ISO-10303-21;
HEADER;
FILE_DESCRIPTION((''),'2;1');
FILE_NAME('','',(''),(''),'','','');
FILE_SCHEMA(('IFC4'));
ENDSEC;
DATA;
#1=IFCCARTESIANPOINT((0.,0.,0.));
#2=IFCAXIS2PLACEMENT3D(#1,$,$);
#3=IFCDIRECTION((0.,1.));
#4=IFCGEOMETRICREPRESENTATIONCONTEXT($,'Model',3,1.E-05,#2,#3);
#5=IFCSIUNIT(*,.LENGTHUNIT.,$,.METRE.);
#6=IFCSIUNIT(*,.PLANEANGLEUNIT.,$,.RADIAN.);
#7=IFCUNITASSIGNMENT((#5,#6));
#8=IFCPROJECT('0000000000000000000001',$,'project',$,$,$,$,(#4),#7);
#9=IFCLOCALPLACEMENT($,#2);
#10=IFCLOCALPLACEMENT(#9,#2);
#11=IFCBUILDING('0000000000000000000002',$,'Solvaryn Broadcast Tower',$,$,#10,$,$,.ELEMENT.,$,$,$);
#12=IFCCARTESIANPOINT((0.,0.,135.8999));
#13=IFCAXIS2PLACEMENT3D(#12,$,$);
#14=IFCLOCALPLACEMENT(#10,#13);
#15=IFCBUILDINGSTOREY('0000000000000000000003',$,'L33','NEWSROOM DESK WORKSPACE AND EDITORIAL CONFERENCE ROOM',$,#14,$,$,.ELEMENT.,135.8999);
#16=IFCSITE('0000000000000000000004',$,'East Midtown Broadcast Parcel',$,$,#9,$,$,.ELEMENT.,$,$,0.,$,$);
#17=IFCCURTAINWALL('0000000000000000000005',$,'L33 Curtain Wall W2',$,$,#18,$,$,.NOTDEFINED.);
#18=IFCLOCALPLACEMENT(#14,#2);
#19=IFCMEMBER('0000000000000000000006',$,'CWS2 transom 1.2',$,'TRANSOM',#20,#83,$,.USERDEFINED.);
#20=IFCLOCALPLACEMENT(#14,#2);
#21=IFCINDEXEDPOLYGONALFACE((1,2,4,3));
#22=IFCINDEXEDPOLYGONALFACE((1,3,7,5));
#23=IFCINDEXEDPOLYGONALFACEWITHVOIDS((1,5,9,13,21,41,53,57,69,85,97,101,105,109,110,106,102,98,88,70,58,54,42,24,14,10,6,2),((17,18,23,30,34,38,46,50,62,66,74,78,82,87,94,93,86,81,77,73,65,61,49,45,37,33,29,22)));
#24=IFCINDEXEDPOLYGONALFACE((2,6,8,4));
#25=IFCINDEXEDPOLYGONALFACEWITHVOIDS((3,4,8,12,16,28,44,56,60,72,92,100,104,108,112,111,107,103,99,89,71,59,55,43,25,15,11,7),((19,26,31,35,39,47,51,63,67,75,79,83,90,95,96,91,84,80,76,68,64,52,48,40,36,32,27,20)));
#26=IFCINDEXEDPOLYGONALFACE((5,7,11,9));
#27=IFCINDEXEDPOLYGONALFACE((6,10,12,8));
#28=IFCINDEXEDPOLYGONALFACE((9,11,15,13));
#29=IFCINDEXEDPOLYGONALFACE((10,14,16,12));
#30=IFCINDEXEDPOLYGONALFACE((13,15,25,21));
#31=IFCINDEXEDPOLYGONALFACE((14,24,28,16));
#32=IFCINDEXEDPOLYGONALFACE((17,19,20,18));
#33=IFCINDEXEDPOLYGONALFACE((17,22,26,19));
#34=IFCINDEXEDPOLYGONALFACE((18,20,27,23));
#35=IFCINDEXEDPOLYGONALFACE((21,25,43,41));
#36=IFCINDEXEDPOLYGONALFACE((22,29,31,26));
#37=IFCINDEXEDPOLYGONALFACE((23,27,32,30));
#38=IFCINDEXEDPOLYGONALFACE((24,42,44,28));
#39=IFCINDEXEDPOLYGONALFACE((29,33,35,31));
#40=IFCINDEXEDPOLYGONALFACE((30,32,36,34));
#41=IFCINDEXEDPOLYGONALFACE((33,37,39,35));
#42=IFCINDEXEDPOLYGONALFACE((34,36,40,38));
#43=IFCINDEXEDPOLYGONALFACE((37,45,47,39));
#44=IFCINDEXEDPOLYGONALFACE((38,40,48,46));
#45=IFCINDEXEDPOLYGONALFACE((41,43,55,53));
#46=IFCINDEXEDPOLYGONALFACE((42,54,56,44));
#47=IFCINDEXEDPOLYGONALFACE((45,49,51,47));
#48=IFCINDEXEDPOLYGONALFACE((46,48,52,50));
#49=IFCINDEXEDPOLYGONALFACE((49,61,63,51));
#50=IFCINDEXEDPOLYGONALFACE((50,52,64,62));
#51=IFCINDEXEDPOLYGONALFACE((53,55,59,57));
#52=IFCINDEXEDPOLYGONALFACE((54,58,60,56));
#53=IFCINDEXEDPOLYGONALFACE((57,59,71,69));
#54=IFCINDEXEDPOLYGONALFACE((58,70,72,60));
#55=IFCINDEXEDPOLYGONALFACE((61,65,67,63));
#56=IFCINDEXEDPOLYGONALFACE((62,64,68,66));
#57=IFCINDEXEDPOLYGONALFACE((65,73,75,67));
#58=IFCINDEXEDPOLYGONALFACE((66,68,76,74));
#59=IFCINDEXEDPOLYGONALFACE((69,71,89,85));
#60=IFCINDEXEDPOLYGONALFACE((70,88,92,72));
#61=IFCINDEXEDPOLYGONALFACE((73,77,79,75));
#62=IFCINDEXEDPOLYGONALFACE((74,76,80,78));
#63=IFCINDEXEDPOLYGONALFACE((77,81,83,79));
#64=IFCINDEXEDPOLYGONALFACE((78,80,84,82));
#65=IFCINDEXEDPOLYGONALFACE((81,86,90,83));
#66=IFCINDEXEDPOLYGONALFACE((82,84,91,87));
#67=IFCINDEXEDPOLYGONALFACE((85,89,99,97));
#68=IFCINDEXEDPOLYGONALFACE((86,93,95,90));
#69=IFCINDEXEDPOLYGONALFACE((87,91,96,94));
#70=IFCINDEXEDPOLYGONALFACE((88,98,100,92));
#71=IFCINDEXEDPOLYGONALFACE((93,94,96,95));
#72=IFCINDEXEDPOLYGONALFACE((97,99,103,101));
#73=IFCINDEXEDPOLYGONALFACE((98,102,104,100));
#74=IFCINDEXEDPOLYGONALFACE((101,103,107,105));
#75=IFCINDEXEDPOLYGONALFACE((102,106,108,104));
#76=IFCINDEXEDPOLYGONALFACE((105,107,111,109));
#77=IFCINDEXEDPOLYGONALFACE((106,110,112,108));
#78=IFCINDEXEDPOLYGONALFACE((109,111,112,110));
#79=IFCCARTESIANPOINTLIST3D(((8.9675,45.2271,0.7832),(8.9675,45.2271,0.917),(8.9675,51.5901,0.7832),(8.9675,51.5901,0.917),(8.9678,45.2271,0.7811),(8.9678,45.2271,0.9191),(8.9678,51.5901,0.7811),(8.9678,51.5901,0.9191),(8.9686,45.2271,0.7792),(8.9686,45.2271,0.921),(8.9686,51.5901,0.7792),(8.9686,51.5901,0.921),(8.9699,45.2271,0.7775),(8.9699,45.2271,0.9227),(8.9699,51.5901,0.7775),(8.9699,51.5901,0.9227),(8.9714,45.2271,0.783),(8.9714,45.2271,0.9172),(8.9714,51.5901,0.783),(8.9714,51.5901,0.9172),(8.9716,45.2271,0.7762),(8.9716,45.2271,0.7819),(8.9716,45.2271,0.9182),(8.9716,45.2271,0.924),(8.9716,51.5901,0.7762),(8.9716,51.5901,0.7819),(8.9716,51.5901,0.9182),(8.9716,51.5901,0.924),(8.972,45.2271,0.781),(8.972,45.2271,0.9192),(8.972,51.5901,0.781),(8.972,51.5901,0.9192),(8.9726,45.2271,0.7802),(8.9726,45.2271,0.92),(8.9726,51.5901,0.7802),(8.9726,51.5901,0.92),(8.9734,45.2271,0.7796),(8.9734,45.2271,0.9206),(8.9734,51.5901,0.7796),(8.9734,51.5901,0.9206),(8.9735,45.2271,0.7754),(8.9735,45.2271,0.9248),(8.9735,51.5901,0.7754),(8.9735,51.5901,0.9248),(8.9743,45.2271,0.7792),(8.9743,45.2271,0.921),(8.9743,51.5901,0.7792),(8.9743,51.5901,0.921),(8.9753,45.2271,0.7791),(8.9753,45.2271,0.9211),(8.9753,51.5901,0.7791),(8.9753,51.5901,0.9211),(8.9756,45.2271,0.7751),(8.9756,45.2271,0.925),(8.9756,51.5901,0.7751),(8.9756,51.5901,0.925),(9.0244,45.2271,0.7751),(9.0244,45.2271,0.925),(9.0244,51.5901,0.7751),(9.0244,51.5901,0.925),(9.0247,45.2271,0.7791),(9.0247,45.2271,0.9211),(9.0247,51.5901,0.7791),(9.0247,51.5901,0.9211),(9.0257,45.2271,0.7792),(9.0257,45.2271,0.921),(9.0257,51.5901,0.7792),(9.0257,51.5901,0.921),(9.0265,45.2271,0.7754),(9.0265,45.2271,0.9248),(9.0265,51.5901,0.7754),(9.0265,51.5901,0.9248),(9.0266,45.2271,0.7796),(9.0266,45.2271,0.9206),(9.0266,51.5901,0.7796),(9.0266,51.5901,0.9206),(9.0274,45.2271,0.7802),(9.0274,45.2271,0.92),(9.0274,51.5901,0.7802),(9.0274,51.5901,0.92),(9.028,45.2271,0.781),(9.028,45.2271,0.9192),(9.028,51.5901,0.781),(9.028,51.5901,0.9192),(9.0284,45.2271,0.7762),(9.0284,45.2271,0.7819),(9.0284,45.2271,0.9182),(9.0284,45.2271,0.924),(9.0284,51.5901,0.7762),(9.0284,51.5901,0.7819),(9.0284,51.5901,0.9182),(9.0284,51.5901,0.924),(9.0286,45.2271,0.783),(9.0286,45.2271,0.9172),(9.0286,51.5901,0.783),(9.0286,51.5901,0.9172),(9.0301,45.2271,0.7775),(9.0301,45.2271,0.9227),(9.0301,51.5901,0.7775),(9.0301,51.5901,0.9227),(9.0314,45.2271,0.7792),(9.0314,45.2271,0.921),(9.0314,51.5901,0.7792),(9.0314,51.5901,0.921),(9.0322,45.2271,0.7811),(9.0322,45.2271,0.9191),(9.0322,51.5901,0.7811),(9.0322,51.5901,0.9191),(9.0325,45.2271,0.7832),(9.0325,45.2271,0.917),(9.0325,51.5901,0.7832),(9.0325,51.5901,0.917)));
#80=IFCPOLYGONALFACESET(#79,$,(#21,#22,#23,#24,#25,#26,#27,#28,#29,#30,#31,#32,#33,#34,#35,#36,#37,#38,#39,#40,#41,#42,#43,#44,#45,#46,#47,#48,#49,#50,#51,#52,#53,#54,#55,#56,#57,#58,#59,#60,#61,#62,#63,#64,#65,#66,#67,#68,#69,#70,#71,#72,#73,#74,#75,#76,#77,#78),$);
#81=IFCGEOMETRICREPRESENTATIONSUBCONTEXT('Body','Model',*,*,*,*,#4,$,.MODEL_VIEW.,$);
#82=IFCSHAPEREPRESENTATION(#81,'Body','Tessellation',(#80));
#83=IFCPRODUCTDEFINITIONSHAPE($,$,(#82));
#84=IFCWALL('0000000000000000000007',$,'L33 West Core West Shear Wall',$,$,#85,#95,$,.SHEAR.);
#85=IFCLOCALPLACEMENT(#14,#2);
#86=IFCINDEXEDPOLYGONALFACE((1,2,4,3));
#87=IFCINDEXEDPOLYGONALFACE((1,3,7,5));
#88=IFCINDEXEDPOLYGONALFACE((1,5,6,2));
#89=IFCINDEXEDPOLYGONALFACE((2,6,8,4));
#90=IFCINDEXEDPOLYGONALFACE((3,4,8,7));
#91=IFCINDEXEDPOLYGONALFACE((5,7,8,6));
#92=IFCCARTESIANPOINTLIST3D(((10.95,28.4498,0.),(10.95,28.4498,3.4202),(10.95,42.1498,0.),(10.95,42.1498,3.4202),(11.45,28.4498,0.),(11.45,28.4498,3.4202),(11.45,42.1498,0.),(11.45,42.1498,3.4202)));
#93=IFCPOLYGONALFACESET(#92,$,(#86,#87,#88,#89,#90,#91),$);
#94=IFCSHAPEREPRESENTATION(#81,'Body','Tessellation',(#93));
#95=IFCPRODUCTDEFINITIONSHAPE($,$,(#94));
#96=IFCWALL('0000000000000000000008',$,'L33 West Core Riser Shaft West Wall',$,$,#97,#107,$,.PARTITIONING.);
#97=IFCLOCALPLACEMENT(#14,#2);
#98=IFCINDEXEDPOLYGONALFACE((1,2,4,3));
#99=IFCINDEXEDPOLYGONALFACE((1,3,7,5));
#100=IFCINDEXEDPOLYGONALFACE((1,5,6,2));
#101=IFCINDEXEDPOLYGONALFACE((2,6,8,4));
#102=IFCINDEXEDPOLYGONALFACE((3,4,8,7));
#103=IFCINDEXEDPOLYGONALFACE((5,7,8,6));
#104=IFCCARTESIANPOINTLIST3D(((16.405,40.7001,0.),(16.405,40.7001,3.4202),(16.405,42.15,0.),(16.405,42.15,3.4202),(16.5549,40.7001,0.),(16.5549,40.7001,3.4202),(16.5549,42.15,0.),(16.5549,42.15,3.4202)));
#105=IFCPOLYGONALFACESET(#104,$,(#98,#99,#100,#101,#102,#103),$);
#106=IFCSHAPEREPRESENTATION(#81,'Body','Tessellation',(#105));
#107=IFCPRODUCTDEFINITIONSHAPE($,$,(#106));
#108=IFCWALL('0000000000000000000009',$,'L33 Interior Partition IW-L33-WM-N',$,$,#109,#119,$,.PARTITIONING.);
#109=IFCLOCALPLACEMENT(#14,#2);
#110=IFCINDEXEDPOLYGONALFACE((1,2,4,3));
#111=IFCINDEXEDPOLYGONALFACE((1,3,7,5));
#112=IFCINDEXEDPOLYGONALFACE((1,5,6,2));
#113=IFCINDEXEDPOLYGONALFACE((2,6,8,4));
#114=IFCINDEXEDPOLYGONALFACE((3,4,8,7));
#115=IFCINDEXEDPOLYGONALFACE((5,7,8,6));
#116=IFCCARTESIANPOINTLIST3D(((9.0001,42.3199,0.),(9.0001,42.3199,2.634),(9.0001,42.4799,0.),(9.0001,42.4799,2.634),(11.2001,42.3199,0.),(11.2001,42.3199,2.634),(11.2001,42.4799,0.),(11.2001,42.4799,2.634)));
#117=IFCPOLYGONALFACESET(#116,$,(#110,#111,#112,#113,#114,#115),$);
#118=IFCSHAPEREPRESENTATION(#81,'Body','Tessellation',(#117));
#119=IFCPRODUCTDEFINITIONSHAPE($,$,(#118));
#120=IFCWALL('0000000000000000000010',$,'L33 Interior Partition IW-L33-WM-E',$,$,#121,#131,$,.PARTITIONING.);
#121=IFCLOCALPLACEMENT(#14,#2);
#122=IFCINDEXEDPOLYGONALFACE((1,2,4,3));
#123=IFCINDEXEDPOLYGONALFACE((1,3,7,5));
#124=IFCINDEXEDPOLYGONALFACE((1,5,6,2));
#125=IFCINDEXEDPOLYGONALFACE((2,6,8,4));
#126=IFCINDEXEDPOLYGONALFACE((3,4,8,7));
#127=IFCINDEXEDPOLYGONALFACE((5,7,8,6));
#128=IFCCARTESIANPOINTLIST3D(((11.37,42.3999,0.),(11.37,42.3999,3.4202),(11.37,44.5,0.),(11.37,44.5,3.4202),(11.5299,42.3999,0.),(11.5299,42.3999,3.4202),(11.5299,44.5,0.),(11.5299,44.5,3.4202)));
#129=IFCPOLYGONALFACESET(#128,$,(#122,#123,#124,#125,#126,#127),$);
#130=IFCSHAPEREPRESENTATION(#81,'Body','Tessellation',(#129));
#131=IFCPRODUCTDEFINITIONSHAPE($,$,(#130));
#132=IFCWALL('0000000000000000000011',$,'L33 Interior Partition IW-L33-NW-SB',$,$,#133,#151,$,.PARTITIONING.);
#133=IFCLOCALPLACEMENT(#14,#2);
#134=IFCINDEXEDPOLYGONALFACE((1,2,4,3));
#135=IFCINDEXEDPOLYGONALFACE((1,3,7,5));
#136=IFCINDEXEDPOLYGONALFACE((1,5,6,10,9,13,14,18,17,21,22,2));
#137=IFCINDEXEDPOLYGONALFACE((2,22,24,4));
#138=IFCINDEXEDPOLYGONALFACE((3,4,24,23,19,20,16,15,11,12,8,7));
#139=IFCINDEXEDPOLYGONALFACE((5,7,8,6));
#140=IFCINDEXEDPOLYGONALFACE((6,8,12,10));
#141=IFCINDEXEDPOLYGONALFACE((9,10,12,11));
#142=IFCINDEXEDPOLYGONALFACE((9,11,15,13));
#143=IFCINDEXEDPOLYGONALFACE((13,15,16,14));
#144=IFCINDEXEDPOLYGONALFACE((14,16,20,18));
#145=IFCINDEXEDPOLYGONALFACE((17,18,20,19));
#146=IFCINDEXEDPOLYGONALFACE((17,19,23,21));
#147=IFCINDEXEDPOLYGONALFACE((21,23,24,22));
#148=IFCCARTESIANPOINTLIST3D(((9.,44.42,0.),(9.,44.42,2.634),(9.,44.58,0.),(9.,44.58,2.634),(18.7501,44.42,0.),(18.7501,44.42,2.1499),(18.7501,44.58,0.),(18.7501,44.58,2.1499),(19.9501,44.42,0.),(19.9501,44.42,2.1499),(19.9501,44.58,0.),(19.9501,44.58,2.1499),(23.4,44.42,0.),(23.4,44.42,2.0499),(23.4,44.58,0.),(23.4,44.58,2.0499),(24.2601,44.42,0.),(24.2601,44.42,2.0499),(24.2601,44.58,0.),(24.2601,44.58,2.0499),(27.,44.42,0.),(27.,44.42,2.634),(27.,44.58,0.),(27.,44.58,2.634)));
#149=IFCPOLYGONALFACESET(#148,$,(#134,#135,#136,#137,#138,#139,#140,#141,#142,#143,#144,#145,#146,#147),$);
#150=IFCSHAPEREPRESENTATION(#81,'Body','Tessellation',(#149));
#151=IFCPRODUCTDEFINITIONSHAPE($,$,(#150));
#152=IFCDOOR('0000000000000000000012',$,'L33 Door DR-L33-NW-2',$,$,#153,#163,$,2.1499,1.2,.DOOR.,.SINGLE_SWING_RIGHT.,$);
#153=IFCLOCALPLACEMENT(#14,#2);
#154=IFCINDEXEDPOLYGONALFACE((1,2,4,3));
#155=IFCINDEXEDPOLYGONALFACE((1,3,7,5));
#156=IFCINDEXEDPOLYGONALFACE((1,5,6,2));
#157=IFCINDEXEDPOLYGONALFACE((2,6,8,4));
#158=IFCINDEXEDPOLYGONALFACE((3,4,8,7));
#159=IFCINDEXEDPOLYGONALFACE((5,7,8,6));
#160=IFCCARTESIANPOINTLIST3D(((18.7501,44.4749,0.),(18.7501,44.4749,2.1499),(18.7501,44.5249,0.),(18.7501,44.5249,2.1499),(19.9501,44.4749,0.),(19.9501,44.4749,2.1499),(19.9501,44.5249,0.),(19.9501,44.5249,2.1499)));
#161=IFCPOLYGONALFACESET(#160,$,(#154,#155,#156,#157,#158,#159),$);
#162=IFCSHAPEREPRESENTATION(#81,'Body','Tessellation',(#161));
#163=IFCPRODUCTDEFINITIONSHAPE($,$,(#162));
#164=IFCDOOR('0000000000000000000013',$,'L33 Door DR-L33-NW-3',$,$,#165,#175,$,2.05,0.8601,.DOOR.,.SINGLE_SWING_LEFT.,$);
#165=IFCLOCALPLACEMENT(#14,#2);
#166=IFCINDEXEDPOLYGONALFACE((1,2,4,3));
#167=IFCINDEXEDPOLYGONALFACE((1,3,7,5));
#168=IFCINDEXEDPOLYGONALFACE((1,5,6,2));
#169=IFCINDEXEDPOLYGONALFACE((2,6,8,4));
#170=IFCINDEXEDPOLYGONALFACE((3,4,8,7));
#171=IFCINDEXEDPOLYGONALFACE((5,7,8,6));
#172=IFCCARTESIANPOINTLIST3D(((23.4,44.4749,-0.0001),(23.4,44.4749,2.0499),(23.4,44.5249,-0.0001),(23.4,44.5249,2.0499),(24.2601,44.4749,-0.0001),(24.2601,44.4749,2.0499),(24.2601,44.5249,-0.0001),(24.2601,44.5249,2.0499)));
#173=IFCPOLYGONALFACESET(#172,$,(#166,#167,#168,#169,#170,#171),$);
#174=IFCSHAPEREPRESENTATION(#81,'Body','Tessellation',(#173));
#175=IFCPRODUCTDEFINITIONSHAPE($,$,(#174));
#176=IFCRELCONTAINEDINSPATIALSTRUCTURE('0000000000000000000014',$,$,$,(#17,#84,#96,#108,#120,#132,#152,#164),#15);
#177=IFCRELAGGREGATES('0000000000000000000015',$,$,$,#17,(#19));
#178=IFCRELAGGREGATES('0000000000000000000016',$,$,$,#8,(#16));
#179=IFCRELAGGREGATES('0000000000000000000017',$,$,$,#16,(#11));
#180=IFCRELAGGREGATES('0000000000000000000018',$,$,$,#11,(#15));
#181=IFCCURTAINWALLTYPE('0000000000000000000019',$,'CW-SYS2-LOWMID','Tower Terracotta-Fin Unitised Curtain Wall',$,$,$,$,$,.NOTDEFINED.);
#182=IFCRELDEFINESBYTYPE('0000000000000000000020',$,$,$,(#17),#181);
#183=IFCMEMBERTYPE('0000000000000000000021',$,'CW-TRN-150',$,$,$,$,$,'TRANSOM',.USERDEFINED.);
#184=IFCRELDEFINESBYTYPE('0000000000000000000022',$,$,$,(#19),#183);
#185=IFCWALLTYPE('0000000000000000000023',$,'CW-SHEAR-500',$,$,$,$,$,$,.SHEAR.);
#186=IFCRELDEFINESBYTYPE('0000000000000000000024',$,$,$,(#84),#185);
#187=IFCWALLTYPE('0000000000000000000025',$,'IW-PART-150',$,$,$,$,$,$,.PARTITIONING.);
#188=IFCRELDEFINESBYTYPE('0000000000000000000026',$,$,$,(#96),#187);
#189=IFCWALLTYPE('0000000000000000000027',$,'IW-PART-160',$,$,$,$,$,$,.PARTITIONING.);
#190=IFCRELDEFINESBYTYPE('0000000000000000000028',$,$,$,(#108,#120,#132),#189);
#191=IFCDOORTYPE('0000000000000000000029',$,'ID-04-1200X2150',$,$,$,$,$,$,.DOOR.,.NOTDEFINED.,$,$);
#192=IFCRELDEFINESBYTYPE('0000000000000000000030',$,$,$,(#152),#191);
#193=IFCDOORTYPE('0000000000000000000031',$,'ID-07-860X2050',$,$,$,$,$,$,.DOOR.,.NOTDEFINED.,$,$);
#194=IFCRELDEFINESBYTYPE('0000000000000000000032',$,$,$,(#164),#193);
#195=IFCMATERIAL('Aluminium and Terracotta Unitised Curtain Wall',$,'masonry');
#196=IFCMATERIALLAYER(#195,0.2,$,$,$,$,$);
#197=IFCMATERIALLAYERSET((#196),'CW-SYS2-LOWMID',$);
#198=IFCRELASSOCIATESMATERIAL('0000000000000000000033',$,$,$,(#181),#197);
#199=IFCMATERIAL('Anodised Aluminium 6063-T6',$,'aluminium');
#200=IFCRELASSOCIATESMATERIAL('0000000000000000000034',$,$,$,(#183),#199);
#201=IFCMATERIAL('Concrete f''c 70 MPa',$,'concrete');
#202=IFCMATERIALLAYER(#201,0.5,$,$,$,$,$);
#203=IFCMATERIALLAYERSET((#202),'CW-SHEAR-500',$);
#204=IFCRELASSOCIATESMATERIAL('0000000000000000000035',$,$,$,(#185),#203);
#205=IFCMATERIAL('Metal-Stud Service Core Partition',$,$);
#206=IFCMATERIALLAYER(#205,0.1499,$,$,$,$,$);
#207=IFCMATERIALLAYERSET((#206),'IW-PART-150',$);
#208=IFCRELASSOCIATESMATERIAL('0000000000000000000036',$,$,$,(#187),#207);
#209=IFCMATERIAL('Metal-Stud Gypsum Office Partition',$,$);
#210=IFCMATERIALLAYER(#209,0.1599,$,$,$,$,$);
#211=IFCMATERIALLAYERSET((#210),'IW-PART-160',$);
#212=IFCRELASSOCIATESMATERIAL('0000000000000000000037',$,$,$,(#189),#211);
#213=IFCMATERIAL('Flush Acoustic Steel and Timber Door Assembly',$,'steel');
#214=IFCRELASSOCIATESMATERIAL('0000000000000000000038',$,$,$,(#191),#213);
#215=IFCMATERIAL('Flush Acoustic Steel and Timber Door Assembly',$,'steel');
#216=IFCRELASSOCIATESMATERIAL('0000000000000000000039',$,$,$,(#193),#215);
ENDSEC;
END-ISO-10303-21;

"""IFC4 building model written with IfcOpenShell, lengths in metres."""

from ifc_helpers import new_model, si_unit, direction, frame, frame_2d, origin, origin_2d, place, context, subcontext, project, spatial, rectangle, hollow_rectangle, extrude, material, layer, layer_set, material_profile, profile_set, type_object, element, fill, aggregate, save


model = new_model("IFC4")

# Units and contexts
model_context = context("Model", 3, precision=1e-05, world=origin(), true_north=direction((0.0, 1.0)))
body_context = subcontext(model_context, "Body", "Model", "MODEL_VIEW")
ifc_project = project(units=[si_unit("LENGTHUNIT", "METRE"), si_unit("PLANEANGLEUNIT", "RADIAN")], contexts=[model_context])

# Site, building, storey
site_placement = place(None, origin())
site = spatial("IfcSite", under=ifc_project, at=site_placement, Name="East Midtown Broadcast Parcel", CompositionType="ELEMENT", RefElevation=0.0)
building_placement = place(site_placement, origin())
building = spatial("IfcBuilding", under=site, at=building_placement, Name="Solvaryn Broadcast Tower", CompositionType="ELEMENT")
storey_placement = place(building_placement, frame((0.0, 0.0, 135.8999)))
storey = spatial("IfcBuildingStorey", under=building, at=storey_placement, Name="L33", Description="NEWSROOM DESK WORKSPACE AND EDITORIAL CONFERENCE ROOM", CompositionType="ELEMENT", Elevation=135.8999)

# Curtain wall
ifc_material_1 = material(Name="Aluminium and Terracotta Unitised Curtain Wall", Category="masonry")
ifc_layer_1 = layer(ifc_material_1, 0.2)
ifc_layer_set_1 = layer_set([ifc_layer_1], Name="CW-SYS2-LOWMID")
curtain_wall_type = type_object("IfcCurtainWallType", Name="CW-SYS2-LOWMID", Description="Tower Terracotta-Fin Unitised Curtain Wall", PredefinedType="NOTDEFINED", material=ifc_layer_set_1)
curtain_wall_1_placement = place(storey_placement, origin())
curtain_wall_1 = element("IfcCurtainWall", 1, at=curtain_wall_1_placement, inside=storey, type_object=curtain_wall_type, Name="L33 Curtain Wall W2", PredefinedType="NOTDEFINED")

# Member
ifc_material_2 = material(Name="Anodised Aluminium 6063-T6", Category="aluminium")
ifc_material_profile_1 = material_profile(ifc_material_2, hollow_rectangle(XDim=0.0649, YDim=0.1499, WallThickness=0.0039, InnerFilletRadius=0.0039, OuterFilletRadius=0.0081, at=origin_2d()))
ifc_profile_set_1 = profile_set([ifc_material_profile_1], Name="Anodised Aluminium 6063-T6")
member_type_1 = type_object("IfcMemberType", Name="CW-TRN-150", ElementType="TRANSOM", PredefinedType="USERDEFINED", material=ifc_profile_set_1)
member_1_placement = place(storey_placement, frame((9.0, 45.2271, 0.8501), z_axis=(0.0, 1.0, 0.0), x_axis=(-1.0, 0.0, 0.0)))
member_1 = element("IfcMember", 2, at=member_1_placement, type_object=member_type_1, Name="CWS2 transom 1.2", ObjectType="TRANSOM", PredefinedType="USERDEFINED", context=body_context, shape_type="SweptSolid", body=[
    extrude(hollow_rectangle(XDim=0.0649, YDim=0.1499, WallThickness=0.0039, InnerFilletRadius=0.0039, OuterFilletRadius=0.0081, at=origin_2d()), origin(), (0.0, 0.0, 1.0), 6.363),
])
aggregate(curtain_wall_1, [member_1])

# Walls
ifc_material_3 = material(Name="Concrete f'c 70 MPa", Category="concrete")
ifc_layer_2 = layer(ifc_material_3, 0.5)
ifc_layer_set_2 = layer_set([ifc_layer_2], Name="CW-SHEAR-500")
wall_type_1 = type_object("IfcWallType", Name="CW-SHEAR-500", PredefinedType="SHEAR", material=ifc_layer_set_2)
wall_1_placement = place(storey_placement, frame((11.2, 42.1499, 0.0), z_axis=(0.0, 0.0, 1.0), x_axis=(0.0, -1.0, 0.0)))
element("IfcWall", 3, at=wall_1_placement, inside=storey, type_object=wall_type_1, Name="L33 West Core West Shear Wall", PredefinedType="SHEAR", context=body_context, shape_type="SweptSolid", body=[
    extrude(rectangle(XDim=13.7, YDim=0.5, at=frame_2d((6.8501, 0.0))), origin(), (0.0, 0.0, 1.0), 3.4202),
])
ifc_material_4 = material(Name="Metal-Stud Service Core Partition")
ifc_layer_3 = layer(ifc_material_4, 0.1499)
ifc_layer_set_3 = layer_set([ifc_layer_3], Name="IW-PART-150")
wall_type_2 = type_object("IfcWallType", Name="IW-PART-150", PredefinedType="PARTITIONING", material=ifc_layer_set_3)
wall_2_placement = place(storey_placement, frame((16.48, 40.7, 0.0), z_axis=(0.0, 0.0, 1.0), x_axis=(0.0, 1.0, 0.0)))
element("IfcWall", 4, at=wall_2_placement, inside=storey, type_object=wall_type_2, Name="L33 West Core Riser Shaft West Wall", PredefinedType="PARTITIONING", context=body_context, shape_type="SweptSolid", body=[
    extrude(rectangle(XDim=1.45, YDim=0.1499, at=frame_2d((0.7251, 0.0))), origin(), (0.0, 0.0, 1.0), 3.4202),
])
ifc_material_5 = material(Name="Metal-Stud Gypsum Office Partition")
ifc_layer_4 = layer(ifc_material_5, 0.1599)
ifc_layer_set_4 = layer_set([ifc_layer_4], Name="IW-PART-160")
wall_type_3 = type_object("IfcWallType", Name="IW-PART-160", PredefinedType="PARTITIONING", material=ifc_layer_set_4)
wall_3_placement = place(storey_placement, frame((9.0, 42.3999, 0.0), z_axis=(0.0, 0.0, 1.0), x_axis=(1.0, 0.0, 0.0)))
element("IfcWall", 5, at=wall_3_placement, inside=storey, type_object=wall_type_3, Name="L33 Interior Partition IW-L33-WM-N", PredefinedType="PARTITIONING", context=body_context, shape_type="SweptSolid", body=[
    extrude(rectangle(XDim=2.2, YDim=0.1599, at=frame_2d((1.1001, 0.0))), origin(), (0.0, 0.0, 1.0), 2.634),
])
wall_4_placement = place(storey_placement, frame((11.45, 42.3999, 0.0), z_axis=(0.0, 0.0, 1.0), x_axis=(0.0, 1.0, 0.0)))
element("IfcWall", 6, at=wall_4_placement, inside=storey, type_object=wall_type_3, Name="L33 Interior Partition IW-L33-WM-E", PredefinedType="PARTITIONING", context=body_context, shape_type="SweptSolid", body=[
    extrude(rectangle(XDim=2.1001, YDim=0.1599, at=frame_2d((1.05, 0.0))), origin(), (0.0, 0.0, 1.0), 3.4202),
])

# Wall, openings, doors
wall_5_placement = place(storey_placement, frame((9.0, 44.5, 0.0), z_axis=(0.0, 0.0, 1.0), x_axis=(1.0, 0.0, 0.0)))
wall_5 = element("IfcWall", 7, at=wall_5_placement, inside=storey, type_object=wall_type_3, Name="L33 Interior Partition IW-L33-NW-SB", PredefinedType="PARTITIONING", context=body_context, shape_type="SweptSolid", body=[
    extrude(rectangle(XDim=18.0, YDim=0.1599, at=frame_2d((9.0, 0.0))), origin(), (0.0, 0.0, 1.0), 2.634),
])
opening_1_placement = place(wall_5_placement, frame((9.75, 0.0, 0.0)))
opening_1 = element("IfcOpeningElement", 8, at=opening_1_placement, cuts=wall_5, PredefinedType="OPENING", context=body_context, shape_type="SweptSolid", body=[
    extrude(rectangle(XDim=1.2, YDim=2.1499, at=frame_2d((0.6001, 1.075))), frame((0.0, 0.0901, 0.0), z_axis=(0.0, -1.0, 0.0), x_axis=(1.0, 0.0, 0.0)), (0.0, 0.0, 1.0), 0.1799),
])
opening_2_placement = place(wall_5_placement, frame((14.3999, 0.0, 0.0)))
opening_2 = element("IfcOpeningElement", 9, at=opening_2_placement, cuts=wall_5, PredefinedType="OPENING", context=body_context, shape_type="SweptSolid", body=[
    extrude(rectangle(XDim=0.8601, YDim=2.05, at=frame_2d((0.4302, 1.0249))), frame((0.0, 0.0901, 0.0), z_axis=(0.0, -1.0, 0.0), x_axis=(1.0, 0.0, 0.0)), (0.0, 0.0, 1.0), 0.1799),
])
ifc_material_6 = material(Name="Flush Acoustic Steel and Timber Door Assembly", Category="steel")
door_type_1 = type_object("IfcDoorType", Name="ID-04-1200X2150", OperationType="NOTDEFINED", PredefinedType="DOOR", material=ifc_material_6)
door_1_placement = place(opening_1_placement, origin())
door_1 = element("IfcDoor", 10, at=door_1_placement, inside=storey, type_object=door_type_1, Name="L33 Door DR-L33-NW-2", OperationType="SINGLE_SWING_RIGHT", OverallHeight=2.1499, OverallWidth=1.2, PredefinedType="DOOR", context=body_context, shape_type="SweptSolid", body=[
    extrude(rectangle(XDim=1.2, YDim=2.1499, at=frame_2d((0.6001, 1.075))), frame((0.0, 0.0249, 0.0), z_axis=(0.0, -1.0, 0.0), x_axis=(1.0, 0.0, 0.0)), (0.0, 0.0, 1.0), 0.05),
])
fill(opening_1, door_1)
ifc_material_7 = material(Name="Flush Acoustic Steel and Timber Door Assembly", Category="steel")
door_type_2 = type_object("IfcDoorType", Name="ID-07-860X2050", OperationType="NOTDEFINED", PredefinedType="DOOR", material=ifc_material_7)
door_2_placement = place(opening_2_placement, origin())
door_2 = element("IfcDoor", 11, at=door_2_placement, inside=storey, type_object=door_type_2, Name="L33 Door DR-L33-NW-3", OperationType="SINGLE_SWING_LEFT", OverallHeight=2.05, OverallWidth=0.8601, PredefinedType="DOOR", context=body_context, shape_type="SweptSolid", body=[
    extrude(rectangle(XDim=0.8601, YDim=2.05, at=frame_2d((0.4302, 1.0249))), frame((0.0, 0.0249, 0.0), z_axis=(0.0, -1.0, 0.0), x_axis=(1.0, 0.0, 0.0)), (0.0, 0.0, 1.0), 0.05),
])
fill(opening_2, door_2)

save(model, "model.ifc")
